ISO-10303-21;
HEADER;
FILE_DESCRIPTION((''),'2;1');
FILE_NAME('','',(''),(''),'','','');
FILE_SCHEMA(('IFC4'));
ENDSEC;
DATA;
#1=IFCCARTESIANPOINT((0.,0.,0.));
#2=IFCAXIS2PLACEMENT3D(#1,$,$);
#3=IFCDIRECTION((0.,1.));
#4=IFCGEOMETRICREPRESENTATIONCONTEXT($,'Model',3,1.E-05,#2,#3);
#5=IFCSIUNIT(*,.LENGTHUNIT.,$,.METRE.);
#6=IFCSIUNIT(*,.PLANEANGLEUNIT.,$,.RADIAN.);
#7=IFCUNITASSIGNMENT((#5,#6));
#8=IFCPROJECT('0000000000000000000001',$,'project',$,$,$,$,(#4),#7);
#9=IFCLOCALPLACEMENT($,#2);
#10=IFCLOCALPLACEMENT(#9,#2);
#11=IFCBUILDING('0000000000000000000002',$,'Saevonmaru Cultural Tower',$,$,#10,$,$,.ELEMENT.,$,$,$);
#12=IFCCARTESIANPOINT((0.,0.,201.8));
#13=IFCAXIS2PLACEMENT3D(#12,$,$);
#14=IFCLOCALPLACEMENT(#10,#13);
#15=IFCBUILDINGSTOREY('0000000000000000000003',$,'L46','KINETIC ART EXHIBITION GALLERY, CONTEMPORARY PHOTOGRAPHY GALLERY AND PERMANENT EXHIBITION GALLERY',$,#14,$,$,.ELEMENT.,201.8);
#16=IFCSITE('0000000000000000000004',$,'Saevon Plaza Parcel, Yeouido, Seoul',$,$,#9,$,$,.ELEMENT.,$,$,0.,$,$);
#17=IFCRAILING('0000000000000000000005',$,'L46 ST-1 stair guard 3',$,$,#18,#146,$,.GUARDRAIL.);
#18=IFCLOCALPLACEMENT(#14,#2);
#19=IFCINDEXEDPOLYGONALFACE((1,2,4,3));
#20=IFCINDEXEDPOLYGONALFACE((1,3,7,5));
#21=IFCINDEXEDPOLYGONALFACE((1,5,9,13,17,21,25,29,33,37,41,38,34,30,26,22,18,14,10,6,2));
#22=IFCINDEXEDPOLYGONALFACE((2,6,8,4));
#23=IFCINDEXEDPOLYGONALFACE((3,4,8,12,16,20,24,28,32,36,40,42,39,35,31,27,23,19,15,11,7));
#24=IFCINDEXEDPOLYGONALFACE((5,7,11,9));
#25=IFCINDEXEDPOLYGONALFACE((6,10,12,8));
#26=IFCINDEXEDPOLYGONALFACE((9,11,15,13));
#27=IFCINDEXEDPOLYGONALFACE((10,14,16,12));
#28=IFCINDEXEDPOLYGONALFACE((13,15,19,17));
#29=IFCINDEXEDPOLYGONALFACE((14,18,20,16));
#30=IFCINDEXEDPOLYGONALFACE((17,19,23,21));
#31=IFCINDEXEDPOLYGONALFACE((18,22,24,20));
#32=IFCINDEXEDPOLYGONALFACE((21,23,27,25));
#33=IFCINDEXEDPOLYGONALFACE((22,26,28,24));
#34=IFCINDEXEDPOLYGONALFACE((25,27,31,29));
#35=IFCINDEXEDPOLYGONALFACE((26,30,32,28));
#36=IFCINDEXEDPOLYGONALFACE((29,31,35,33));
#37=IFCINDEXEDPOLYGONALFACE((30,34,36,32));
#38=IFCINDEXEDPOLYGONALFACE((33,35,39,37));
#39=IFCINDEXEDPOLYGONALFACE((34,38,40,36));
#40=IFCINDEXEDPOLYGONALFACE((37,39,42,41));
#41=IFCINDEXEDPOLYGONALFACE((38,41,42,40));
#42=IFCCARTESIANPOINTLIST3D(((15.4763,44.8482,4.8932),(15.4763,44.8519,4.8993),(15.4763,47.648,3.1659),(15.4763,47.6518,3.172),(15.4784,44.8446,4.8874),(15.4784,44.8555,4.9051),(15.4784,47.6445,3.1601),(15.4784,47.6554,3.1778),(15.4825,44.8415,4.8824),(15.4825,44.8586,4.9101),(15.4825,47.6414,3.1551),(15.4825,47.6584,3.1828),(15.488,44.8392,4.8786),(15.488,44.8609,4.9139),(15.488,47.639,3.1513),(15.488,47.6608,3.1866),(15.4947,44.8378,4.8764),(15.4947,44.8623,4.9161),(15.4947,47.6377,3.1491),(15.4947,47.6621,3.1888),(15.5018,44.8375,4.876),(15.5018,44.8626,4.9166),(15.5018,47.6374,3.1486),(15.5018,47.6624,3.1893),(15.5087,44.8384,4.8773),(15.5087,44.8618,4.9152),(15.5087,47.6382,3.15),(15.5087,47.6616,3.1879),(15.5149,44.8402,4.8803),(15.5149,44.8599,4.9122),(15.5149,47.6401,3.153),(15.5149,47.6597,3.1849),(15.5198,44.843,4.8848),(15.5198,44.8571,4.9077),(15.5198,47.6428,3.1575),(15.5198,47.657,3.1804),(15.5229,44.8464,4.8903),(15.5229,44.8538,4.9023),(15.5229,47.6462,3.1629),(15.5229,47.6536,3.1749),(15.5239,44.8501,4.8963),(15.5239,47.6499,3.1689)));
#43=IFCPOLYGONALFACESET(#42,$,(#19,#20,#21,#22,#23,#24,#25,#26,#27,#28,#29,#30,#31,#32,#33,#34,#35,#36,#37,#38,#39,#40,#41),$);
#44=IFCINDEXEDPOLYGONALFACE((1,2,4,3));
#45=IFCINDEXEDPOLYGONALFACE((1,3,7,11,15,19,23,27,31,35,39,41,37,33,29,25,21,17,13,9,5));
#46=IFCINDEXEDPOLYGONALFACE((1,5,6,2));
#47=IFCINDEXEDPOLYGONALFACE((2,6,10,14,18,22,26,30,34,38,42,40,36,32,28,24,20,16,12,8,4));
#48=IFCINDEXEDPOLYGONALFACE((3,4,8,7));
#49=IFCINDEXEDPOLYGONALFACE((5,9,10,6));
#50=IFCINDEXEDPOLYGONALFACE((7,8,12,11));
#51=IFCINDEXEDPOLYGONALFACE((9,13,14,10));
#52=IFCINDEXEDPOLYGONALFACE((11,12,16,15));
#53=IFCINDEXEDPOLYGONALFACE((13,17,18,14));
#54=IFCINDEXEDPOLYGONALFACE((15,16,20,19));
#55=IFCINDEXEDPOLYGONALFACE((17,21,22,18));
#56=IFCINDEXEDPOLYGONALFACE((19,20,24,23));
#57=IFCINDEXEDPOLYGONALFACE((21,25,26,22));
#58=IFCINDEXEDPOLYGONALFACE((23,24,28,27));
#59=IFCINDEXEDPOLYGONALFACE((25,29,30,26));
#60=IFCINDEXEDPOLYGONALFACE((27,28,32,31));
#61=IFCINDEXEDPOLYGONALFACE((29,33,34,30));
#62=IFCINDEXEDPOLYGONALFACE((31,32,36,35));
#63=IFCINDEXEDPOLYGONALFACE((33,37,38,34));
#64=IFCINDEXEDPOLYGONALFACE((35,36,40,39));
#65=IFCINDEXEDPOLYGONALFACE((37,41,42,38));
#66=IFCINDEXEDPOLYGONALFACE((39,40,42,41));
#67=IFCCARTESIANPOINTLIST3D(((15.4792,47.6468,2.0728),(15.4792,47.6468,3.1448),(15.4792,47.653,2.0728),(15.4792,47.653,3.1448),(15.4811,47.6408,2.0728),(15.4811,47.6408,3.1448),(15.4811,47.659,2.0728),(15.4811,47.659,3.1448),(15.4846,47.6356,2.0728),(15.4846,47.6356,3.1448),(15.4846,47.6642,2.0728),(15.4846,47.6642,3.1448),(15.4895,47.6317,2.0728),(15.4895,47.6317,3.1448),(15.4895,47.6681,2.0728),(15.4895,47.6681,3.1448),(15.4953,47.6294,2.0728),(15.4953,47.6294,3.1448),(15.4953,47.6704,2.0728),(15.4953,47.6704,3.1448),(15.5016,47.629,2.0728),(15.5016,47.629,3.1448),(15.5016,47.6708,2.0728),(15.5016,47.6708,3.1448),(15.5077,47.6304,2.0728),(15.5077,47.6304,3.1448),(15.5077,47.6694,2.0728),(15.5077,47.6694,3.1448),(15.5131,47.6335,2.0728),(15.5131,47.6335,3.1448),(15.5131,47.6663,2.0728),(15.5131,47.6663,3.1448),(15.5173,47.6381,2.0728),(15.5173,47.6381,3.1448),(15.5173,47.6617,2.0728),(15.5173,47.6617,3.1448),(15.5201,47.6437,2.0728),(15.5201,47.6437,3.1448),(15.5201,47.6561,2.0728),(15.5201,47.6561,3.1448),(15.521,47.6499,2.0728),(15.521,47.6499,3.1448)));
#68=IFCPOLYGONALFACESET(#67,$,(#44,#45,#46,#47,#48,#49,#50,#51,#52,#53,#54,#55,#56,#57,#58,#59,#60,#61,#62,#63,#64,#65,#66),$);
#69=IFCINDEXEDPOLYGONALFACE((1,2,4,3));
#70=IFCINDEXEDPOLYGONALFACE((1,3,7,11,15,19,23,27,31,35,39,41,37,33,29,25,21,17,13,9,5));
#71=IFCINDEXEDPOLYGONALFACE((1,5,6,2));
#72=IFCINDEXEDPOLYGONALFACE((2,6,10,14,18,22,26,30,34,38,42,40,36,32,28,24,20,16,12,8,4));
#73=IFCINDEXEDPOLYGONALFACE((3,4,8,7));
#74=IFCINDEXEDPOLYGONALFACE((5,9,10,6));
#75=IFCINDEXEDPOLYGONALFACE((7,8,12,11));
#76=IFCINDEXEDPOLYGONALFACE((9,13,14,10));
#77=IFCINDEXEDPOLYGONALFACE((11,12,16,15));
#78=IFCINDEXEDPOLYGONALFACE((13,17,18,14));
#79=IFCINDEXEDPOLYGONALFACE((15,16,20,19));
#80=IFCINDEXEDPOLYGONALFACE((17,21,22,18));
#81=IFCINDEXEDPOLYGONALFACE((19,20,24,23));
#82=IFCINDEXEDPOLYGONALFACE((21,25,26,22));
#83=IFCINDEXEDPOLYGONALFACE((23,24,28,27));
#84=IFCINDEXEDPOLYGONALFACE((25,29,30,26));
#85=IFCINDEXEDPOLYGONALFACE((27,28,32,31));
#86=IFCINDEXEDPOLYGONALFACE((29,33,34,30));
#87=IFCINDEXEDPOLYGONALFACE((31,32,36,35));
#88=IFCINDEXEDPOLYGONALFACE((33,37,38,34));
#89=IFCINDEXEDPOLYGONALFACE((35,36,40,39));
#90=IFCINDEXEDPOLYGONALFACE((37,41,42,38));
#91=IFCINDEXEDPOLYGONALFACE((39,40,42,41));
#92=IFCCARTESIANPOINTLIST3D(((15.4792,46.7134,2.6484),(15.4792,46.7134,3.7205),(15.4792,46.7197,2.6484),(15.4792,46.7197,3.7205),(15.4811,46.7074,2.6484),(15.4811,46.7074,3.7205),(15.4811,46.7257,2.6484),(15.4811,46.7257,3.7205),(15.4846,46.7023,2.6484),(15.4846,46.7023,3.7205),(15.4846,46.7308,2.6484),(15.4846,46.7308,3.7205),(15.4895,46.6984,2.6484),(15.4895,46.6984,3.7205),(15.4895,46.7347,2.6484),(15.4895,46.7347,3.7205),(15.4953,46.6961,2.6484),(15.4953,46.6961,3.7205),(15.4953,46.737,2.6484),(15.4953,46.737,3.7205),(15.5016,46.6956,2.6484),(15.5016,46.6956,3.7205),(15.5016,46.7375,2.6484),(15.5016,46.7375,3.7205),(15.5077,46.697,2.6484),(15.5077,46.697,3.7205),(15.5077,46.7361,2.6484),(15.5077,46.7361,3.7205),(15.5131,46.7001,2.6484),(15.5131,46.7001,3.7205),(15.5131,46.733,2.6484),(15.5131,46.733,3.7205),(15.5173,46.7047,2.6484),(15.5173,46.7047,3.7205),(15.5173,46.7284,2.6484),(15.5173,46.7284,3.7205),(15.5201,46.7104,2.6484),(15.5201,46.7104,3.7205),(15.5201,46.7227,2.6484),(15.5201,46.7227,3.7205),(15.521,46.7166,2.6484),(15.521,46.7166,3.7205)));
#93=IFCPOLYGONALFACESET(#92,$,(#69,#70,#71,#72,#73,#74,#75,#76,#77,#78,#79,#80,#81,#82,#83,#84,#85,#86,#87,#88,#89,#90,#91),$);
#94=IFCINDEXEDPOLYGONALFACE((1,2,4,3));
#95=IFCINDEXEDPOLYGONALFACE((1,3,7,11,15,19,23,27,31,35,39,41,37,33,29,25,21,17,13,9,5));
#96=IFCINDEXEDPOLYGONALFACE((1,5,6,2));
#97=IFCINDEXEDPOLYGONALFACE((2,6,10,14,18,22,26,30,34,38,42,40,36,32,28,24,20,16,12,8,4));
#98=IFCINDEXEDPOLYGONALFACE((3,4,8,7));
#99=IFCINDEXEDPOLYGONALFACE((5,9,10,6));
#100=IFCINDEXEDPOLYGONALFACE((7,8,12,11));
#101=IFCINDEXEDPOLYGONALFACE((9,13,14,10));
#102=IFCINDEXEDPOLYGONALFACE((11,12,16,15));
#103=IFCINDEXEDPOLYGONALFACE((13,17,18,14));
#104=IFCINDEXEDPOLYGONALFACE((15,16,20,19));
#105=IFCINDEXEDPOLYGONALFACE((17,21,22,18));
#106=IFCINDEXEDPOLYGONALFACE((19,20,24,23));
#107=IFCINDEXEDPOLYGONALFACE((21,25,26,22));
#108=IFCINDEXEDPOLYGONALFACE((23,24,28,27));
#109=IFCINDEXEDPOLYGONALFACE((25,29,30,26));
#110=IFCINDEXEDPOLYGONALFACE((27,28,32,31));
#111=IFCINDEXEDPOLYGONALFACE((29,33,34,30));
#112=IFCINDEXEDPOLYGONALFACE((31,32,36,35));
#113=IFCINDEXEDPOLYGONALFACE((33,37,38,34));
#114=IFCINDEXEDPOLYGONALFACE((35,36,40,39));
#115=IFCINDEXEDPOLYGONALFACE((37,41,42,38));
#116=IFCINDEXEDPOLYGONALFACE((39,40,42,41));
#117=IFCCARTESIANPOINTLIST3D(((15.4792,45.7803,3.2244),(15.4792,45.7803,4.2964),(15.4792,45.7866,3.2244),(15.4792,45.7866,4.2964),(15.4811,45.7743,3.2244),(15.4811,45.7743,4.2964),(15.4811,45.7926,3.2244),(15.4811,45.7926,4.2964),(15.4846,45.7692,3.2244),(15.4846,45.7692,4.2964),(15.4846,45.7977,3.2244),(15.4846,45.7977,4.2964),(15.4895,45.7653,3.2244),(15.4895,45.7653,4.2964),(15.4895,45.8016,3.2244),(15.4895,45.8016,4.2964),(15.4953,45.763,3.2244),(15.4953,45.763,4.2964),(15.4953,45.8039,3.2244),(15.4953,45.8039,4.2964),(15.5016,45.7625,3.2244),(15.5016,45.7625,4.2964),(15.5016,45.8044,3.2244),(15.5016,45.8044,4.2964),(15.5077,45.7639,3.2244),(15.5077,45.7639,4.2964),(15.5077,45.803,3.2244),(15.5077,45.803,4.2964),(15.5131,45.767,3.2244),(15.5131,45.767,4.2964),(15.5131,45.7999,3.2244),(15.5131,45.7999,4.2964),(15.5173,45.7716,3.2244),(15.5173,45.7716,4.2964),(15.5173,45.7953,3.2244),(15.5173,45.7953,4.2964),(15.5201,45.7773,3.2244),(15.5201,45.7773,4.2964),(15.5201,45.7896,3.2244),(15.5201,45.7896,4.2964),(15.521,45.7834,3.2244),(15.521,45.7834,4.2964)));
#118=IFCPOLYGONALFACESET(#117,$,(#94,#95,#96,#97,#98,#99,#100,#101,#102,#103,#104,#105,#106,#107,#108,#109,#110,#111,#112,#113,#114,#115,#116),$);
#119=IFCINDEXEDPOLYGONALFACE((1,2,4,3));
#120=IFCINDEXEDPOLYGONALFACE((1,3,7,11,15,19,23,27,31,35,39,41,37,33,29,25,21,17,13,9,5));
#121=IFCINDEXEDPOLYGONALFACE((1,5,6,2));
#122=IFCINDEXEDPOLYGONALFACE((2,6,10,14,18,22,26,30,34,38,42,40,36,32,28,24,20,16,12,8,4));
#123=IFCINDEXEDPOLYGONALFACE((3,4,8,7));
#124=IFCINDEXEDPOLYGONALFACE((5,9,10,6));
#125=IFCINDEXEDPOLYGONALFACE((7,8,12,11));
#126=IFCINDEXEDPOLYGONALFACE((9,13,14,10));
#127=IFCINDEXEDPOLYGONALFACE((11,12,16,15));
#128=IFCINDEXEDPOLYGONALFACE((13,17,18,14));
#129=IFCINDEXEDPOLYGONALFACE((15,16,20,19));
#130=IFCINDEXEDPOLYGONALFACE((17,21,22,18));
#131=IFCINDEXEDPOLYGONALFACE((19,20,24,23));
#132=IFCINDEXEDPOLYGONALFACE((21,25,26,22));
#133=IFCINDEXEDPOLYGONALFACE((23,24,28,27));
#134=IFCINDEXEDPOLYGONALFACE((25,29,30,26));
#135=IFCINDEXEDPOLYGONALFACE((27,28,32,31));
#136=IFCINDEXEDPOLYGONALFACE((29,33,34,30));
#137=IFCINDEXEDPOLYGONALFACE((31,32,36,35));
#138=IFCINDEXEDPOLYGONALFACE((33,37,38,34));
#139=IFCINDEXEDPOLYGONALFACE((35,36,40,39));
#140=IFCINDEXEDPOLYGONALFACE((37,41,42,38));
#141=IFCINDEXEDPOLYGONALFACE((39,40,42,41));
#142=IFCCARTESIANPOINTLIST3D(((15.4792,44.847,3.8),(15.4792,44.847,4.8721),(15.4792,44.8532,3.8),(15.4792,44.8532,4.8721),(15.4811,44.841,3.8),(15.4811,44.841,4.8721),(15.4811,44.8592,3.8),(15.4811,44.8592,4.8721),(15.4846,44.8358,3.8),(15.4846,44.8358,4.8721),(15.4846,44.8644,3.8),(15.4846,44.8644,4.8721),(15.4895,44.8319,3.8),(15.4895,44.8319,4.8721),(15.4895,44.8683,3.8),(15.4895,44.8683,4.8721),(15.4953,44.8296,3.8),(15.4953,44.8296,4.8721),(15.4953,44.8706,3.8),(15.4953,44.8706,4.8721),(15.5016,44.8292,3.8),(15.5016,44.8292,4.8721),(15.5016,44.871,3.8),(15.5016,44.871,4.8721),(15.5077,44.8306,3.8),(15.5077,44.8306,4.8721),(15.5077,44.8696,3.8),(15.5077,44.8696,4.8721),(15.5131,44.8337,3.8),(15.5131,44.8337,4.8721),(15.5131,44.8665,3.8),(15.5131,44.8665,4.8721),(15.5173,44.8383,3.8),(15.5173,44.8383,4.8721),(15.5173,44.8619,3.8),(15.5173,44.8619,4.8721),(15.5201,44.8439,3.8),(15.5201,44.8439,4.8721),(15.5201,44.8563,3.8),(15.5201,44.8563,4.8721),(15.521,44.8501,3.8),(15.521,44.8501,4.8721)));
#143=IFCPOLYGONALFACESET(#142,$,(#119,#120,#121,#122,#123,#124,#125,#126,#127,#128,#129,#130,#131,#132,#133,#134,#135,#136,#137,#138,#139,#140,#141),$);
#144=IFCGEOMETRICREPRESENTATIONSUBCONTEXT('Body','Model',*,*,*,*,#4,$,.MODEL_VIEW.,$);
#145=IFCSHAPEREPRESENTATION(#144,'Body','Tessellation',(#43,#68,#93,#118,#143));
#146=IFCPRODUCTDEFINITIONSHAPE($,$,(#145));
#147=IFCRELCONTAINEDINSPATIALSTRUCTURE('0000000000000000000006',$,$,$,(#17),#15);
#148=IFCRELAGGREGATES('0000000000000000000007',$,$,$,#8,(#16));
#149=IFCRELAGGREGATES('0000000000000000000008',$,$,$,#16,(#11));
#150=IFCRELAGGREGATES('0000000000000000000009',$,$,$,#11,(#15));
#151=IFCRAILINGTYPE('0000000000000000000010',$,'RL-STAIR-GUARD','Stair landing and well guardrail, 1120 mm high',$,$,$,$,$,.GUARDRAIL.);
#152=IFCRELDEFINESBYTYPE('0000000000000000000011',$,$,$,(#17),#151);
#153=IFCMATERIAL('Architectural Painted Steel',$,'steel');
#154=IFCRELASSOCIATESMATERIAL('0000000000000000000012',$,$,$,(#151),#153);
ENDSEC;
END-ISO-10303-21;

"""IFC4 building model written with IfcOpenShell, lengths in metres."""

from ifc_helpers import new_model, si_unit, direction, frame, origin, origin_2d, place, context, subcontext, project, spatial, circle, extrude, material, type_object, element, save


model = new_model("IFC4")

# Units and contexts
model_context = context("Model", 3, precision=1e-05, world=origin(), true_north=direction((0.0, 1.0)))
body_context = subcontext(model_context, "Body", "Model", "MODEL_VIEW")
ifc_project = project(units=[si_unit("LENGTHUNIT", "METRE"), si_unit("PLANEANGLEUNIT", "RADIAN")], contexts=[model_context])

# Site, building, storey
site_placement = place(None, origin())
site = spatial("IfcSite", under=ifc_project, at=site_placement, Name="Saevon Plaza Parcel, Yeouido, Seoul", CompositionType="ELEMENT", RefElevation=0.0)
building_placement = place(site_placement, origin())
building = spatial("IfcBuilding", under=site, at=building_placement, Name="Saevonmaru Cultural Tower", CompositionType="ELEMENT")
storey_placement = place(building_placement, frame((0.0, 0.0, 201.8)))
storey = spatial("IfcBuildingStorey", under=building, at=storey_placement, Name="L46", Description="KINETIC ART EXHIBITION GALLERY, CONTEMPORARY PHOTOGRAPHY GALLERY AND PERMANENT EXHIBITION GALLERY", CompositionType="ELEMENT", Elevation=201.8)

# Railing
ifc_material_1 = material(Name="Architectural Painted Steel", Category="steel")
railing_type_1 = type_object("IfcRailingType", Name="RL-STAIR-GUARD", Description="Stair landing and well guardrail, 1120 mm high", PredefinedType="GUARDRAIL", material=ifc_material_1)
railing_1_placement = place(storey_placement, frame((15.5, 47.6499, 2.0728)))
element("IfcRailing", 1, at=railing_1_placement, inside=storey, type_object=railing_type_1, Name="L46 ST-1 stair guard 3", PredefinedType="GUARDRAIL", context=body_context, shape_type="SweptSolid", body=[
    extrude(circle(Radius=0.0239, at=origin_2d()), frame((0.0, 0.0, 1.0962), z_axis=(0.0, -0.851069, 0.525054), x_axis=(1.0, 0.0, 0.0)), (0.0, 0.0, 1.0), 3.2898),
    extrude(circle(Radius=0.021, at=origin_2d()), origin(), (0.0, 0.0, 1.0), 1.072),
    extrude(circle(Radius=0.021, at=origin_2d()), frame((0.0, -0.9333, 0.5757)), (0.0, 0.0, 1.0), 1.072),
    extrude(circle(Radius=0.021, at=origin_2d()), frame((0.0, -1.8665, 1.1516)), (0.0, 0.0, 1.0), 1.072),
    extrude(circle(Radius=0.021, at=origin_2d()), frame((0.0, -2.7998, 1.7273)), (0.0, 0.0, 1.0), 1.072),
])

save(model, "model.ifc")
